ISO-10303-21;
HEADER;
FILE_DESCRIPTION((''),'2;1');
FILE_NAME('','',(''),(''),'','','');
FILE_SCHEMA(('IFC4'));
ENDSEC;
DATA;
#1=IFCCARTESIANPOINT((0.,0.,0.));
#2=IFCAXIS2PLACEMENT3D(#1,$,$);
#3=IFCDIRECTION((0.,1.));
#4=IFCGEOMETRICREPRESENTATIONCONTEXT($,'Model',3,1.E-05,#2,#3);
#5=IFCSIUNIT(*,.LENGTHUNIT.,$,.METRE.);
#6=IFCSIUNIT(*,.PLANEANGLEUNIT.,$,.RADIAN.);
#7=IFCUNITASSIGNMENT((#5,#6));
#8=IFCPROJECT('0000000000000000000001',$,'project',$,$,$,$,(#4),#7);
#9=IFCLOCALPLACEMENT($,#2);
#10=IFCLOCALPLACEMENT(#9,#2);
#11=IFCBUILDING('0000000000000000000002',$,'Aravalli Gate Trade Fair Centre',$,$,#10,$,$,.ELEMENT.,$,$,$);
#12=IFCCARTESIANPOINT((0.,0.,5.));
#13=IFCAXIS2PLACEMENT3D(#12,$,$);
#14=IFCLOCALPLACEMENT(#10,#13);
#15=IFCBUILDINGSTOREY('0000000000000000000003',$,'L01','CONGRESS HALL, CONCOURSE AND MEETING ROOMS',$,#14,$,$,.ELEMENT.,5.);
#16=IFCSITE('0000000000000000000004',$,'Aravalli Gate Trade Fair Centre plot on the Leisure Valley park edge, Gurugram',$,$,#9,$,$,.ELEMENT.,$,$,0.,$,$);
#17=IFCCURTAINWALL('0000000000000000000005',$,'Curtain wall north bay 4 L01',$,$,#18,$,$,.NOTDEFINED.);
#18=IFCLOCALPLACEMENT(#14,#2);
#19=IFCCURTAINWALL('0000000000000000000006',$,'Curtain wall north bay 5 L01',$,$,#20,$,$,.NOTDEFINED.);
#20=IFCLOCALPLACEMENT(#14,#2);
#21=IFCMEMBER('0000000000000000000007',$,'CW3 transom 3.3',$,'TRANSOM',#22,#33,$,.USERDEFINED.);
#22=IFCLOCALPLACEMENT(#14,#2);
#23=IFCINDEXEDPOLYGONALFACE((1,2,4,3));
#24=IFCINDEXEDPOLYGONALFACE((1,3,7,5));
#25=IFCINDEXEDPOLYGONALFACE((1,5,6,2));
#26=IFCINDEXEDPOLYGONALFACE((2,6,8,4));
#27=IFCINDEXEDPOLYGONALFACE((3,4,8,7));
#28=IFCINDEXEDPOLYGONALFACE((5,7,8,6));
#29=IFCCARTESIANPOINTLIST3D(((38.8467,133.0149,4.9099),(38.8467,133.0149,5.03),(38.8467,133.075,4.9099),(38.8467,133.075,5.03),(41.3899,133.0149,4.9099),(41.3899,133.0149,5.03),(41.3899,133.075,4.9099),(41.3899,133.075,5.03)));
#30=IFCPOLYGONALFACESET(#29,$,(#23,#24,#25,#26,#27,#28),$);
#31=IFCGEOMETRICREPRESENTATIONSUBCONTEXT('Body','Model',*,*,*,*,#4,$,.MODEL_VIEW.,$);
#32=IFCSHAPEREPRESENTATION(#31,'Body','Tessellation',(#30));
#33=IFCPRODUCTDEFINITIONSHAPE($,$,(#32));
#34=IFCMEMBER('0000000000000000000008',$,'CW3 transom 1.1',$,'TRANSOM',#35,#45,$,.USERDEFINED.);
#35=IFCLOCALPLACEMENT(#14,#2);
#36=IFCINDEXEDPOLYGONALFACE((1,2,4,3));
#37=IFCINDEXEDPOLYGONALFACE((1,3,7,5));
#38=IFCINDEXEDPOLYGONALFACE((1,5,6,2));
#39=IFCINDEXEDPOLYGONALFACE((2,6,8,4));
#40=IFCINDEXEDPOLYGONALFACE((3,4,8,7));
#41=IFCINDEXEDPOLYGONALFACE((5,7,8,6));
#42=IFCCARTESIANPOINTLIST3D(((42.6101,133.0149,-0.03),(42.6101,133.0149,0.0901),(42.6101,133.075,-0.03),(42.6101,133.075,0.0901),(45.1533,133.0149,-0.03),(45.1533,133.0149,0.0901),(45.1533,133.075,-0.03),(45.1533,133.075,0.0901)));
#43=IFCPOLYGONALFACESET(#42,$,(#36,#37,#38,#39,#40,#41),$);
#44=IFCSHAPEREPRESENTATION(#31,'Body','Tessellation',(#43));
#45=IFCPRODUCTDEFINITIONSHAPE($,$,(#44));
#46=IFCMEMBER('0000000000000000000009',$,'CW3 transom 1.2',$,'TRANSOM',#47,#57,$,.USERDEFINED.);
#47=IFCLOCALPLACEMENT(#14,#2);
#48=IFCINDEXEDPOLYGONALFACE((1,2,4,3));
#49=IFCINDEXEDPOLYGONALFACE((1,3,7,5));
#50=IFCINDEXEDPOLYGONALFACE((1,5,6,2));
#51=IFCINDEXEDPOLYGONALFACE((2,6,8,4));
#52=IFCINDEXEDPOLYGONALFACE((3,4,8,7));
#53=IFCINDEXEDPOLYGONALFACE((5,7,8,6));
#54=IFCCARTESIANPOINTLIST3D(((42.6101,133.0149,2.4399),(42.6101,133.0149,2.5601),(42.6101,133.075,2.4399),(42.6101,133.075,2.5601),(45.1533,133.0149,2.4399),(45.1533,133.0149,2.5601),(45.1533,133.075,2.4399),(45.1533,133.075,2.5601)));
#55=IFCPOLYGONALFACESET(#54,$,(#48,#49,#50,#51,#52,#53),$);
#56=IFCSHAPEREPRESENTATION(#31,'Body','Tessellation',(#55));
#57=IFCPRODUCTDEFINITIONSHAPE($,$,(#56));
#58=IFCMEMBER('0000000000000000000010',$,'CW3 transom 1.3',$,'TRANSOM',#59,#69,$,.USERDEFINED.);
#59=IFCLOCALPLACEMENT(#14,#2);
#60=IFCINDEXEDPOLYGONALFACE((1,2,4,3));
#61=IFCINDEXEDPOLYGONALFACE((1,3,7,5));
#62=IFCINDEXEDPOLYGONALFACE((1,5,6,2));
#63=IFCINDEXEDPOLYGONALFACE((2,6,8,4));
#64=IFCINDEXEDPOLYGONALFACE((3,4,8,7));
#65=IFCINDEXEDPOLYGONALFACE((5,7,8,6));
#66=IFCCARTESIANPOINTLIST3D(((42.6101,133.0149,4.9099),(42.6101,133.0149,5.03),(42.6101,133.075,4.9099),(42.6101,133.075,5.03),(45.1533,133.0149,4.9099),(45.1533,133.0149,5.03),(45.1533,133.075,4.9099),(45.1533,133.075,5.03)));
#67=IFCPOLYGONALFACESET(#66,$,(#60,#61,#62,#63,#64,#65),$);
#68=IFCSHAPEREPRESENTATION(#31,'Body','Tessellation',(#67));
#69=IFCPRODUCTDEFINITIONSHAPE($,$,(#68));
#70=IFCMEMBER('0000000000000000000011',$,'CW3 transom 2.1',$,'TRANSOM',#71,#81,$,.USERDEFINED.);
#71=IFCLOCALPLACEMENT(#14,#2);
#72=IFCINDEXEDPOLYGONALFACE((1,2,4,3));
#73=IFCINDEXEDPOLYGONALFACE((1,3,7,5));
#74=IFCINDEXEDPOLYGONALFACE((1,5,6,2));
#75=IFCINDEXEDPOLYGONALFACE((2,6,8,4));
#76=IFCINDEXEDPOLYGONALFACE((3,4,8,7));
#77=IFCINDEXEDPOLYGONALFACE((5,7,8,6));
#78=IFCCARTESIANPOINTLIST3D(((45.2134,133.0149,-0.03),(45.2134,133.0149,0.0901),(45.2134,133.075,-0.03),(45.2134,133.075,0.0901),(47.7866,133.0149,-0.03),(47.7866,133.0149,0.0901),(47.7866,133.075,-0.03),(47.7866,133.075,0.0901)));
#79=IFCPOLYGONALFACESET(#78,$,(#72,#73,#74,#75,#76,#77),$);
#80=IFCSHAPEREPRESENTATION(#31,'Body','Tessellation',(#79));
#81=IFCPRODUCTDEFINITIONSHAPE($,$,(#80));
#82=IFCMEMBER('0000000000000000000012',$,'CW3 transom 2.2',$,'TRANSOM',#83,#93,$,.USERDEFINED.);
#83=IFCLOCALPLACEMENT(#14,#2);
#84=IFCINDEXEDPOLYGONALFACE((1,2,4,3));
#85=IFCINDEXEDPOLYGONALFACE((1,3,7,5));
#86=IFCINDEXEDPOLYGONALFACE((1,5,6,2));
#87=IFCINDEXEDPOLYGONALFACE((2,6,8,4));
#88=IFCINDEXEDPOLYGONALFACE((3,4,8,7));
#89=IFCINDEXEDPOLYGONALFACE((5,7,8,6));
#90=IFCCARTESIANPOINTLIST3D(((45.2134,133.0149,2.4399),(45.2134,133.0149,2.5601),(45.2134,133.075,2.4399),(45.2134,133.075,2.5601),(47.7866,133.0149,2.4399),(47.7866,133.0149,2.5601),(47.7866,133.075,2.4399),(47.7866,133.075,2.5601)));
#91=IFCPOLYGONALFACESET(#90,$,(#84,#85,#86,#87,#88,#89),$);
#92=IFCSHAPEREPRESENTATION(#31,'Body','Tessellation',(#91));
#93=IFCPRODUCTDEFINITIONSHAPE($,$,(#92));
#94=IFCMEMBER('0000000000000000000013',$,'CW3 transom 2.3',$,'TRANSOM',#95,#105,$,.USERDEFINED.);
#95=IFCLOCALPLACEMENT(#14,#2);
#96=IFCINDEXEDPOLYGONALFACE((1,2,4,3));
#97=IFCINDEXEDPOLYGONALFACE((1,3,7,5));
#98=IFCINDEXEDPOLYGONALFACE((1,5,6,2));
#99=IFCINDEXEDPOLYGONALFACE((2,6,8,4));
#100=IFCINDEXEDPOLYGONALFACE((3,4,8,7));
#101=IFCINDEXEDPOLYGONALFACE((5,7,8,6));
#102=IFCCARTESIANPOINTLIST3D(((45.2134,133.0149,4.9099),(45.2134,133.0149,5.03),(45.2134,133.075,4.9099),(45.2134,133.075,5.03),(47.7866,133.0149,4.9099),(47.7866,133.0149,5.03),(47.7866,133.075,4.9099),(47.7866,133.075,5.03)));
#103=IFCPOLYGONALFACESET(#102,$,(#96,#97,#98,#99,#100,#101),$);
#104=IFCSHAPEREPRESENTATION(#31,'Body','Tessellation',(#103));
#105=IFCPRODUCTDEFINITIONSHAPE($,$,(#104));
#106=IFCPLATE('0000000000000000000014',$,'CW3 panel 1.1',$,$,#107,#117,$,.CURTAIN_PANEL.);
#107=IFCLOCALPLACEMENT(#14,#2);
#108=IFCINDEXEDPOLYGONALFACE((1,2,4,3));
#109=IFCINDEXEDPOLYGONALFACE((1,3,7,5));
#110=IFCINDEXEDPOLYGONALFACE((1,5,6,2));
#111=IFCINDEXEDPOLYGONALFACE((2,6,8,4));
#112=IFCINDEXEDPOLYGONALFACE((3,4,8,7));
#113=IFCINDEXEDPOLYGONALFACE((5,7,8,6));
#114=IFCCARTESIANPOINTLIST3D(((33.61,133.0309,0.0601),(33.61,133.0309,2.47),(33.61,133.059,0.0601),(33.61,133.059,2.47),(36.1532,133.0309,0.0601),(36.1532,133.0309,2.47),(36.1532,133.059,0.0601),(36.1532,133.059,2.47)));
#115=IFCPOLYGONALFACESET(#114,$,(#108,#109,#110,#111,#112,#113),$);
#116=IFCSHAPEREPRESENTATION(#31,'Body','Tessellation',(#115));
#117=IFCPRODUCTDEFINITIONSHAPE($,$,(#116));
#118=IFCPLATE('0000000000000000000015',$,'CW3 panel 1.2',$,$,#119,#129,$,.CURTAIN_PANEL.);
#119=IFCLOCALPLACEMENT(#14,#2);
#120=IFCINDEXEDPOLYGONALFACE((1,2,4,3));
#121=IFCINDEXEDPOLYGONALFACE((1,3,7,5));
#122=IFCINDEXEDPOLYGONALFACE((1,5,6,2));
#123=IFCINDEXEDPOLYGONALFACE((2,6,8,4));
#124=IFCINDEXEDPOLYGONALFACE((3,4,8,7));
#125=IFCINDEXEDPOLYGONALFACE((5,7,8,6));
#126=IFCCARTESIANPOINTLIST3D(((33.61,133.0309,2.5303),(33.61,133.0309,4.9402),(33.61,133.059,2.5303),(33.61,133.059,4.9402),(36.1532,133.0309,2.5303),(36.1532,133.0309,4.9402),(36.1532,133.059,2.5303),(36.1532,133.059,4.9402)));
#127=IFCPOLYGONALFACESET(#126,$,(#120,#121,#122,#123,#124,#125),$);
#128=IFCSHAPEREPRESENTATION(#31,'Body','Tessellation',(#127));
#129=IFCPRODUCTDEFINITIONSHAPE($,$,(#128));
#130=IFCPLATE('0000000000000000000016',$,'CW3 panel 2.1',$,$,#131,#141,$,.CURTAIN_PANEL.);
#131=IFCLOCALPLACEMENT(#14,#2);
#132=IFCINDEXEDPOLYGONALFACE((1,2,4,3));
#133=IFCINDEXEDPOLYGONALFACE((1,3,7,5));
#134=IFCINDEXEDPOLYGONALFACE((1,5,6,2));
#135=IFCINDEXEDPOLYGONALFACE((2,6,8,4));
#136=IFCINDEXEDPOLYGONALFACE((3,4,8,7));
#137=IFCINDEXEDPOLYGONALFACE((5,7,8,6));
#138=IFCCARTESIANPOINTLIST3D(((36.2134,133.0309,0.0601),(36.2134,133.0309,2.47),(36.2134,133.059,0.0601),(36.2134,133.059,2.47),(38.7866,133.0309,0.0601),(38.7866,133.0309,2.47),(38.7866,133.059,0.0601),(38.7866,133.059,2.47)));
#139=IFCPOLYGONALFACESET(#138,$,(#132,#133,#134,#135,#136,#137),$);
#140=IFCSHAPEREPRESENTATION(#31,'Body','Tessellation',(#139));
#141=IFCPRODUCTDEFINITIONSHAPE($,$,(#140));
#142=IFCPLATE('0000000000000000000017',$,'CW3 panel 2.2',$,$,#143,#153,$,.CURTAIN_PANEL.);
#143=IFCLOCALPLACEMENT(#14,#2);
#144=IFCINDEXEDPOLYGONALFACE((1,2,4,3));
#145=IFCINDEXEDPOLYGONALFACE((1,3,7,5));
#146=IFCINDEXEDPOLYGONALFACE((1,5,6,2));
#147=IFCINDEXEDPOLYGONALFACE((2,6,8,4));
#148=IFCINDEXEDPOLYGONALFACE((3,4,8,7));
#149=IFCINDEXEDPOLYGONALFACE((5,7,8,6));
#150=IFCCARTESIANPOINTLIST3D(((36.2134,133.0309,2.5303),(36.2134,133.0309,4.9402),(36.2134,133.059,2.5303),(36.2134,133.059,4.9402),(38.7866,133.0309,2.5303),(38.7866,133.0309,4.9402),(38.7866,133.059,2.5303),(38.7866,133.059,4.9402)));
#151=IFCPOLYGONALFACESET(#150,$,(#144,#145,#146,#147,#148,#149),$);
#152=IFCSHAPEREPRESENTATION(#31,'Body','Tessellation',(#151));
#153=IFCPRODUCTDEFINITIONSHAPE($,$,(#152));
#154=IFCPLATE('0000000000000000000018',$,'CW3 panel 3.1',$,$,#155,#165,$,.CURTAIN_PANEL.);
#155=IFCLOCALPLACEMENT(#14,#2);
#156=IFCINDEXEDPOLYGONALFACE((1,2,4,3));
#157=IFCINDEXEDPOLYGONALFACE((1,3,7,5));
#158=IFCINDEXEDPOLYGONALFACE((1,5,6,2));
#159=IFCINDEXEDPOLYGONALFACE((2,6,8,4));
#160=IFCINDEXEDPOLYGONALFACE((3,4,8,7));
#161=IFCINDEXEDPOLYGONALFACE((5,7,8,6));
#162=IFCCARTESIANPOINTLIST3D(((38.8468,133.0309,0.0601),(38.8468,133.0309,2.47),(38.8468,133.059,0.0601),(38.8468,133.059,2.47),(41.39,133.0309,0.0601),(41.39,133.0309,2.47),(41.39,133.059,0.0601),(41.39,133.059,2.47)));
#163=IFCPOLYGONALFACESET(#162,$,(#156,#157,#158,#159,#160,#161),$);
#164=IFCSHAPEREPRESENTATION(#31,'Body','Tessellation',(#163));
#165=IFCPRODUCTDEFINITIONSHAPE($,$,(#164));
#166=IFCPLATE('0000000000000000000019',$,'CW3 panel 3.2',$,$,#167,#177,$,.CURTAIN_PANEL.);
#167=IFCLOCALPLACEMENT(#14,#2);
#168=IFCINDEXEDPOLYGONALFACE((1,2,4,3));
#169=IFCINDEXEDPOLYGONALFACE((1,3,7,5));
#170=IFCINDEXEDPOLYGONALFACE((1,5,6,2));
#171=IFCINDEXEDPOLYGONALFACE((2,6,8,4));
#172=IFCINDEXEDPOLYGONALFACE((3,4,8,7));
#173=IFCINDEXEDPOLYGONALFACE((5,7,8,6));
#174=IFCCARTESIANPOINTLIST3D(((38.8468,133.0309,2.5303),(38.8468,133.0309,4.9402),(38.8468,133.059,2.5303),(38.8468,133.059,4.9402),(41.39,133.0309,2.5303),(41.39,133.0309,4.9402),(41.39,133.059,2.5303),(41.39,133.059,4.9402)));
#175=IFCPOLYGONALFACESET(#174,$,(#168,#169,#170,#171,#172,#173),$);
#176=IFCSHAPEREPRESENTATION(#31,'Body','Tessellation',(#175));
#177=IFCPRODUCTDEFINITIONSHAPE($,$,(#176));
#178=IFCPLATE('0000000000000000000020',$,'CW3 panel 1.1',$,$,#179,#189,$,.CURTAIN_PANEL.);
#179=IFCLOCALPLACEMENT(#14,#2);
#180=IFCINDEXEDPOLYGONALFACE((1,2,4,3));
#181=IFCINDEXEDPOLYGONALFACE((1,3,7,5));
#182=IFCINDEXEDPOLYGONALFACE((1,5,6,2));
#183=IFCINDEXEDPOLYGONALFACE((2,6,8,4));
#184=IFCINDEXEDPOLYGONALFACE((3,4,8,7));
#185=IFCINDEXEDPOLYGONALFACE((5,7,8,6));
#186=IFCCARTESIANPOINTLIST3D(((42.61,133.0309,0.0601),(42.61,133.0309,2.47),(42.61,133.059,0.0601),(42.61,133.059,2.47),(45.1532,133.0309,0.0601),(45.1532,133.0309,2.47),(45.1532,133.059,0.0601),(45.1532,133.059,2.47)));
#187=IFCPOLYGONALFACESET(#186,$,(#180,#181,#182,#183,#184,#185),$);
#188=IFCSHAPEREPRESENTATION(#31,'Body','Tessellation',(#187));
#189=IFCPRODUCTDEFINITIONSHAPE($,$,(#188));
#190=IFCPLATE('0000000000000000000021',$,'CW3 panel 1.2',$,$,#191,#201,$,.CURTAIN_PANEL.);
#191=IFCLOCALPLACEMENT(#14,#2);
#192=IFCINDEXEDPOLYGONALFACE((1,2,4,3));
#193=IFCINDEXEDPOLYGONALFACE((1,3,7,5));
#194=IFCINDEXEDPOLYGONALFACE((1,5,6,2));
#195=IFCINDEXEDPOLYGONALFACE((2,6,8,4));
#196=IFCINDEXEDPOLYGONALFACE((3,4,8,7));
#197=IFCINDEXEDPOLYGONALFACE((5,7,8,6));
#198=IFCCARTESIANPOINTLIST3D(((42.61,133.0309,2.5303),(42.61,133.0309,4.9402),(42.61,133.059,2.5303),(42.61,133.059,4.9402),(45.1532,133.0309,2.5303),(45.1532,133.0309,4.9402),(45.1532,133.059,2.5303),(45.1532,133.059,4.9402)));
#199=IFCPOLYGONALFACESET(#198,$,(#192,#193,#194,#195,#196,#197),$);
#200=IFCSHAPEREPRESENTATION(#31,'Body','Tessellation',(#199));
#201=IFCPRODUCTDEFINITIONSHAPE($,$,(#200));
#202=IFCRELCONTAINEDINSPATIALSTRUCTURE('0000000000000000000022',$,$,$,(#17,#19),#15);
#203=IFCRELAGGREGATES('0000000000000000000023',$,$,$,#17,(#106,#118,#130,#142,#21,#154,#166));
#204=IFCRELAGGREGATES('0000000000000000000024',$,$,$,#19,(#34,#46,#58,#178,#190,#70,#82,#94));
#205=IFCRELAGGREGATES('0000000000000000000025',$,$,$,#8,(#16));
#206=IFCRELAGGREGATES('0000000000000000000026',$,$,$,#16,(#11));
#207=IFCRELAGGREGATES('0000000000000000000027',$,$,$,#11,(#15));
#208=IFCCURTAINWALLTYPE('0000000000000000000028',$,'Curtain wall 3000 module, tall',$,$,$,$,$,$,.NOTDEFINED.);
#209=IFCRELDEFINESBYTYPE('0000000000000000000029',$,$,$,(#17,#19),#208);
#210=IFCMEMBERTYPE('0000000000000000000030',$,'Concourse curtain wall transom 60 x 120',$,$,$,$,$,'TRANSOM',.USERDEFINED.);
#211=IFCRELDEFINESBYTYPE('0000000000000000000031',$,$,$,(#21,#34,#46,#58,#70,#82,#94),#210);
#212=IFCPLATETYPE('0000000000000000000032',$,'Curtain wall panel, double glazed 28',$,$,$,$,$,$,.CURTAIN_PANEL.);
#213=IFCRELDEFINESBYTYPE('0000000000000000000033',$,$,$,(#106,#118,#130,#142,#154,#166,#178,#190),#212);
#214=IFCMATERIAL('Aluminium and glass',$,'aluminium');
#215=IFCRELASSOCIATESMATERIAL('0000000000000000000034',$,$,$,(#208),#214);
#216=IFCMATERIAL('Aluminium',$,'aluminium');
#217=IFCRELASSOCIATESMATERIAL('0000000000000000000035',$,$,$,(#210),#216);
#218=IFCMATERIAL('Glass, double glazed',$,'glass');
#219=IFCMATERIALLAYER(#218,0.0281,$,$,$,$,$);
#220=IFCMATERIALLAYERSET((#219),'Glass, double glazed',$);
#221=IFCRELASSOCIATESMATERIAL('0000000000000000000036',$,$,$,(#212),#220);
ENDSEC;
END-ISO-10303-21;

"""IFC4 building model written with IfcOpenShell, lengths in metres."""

from ifc_helpers import new_model, si_unit, direction, frame, origin, origin_2d, place, context, subcontext, project, spatial, rectangle, extrude, material, layer, layer_set, material_profile, profile_set, type_object, element, aggregate, save


model = new_model("IFC4")

# Units and contexts
model_context = context("Model", 3, precision=1e-05, world=origin(), true_north=direction((0.0, 1.0)))
body_context = subcontext(model_context, "Body", "Model", "MODEL_VIEW")
ifc_project = project(units=[si_unit("LENGTHUNIT", "METRE"), si_unit("PLANEANGLEUNIT", "RADIAN")], contexts=[model_context])

# Site, building, storey
site_placement = place(None, origin())
site = spatial("IfcSite", under=ifc_project, at=site_placement, Name="Aravalli Gate Trade Fair Centre plot on the Leisure Valley park edge, Gurugram", CompositionType="ELEMENT", RefElevation=0.0)
building_placement = place(site_placement, origin())
building = spatial("IfcBuilding", under=site, at=building_placement, Name="Aravalli Gate Trade Fair Centre", CompositionType="ELEMENT")
storey_placement = place(building_placement, frame((0.0, 0.0, 5.0)))
storey = spatial("IfcBuildingStorey", under=building, at=storey_placement, Name="L01", Description="CONGRESS HALL, CONCOURSE AND MEETING ROOMS", CompositionType="ELEMENT", Elevation=5.0)

# Curtain walls
ifc_material_1 = material(Name="Aluminium and glass", Category="aluminium")
curtain_wall_type = type_object("IfcCurtainWallType", Name="Curtain wall 3000 module, tall", PredefinedType="NOTDEFINED", material=ifc_material_1)
curtain_wall_1_placement = place(storey_placement, origin())
curtain_wall_1 = element("IfcCurtainWall", 1, at=curtain_wall_1_placement, inside=storey, type_object=curtain_wall_type, Name="Curtain wall north bay 4 L01", PredefinedType="NOTDEFINED")
ifc_material_2 = material(Name="Aluminium", Category="aluminium")
curtain_wall_2_placement = place(storey_placement, origin())
curtain_wall_2 = element("IfcCurtainWall", 2, at=curtain_wall_2_placement, inside=storey, type_object=curtain_wall_type, Name="Curtain wall north bay 5 L01", PredefinedType="NOTDEFINED")

# Members
ifc_material_profile_1 = material_profile(ifc_material_2, rectangle(XDim=0.0601, YDim=0.1201, at=origin_2d()), Name="Concourse curtain wall transom 60 x 120")
ifc_profile_set_1 = profile_set([ifc_material_profile_1], Name="Aluminium")
member_type_1 = type_object("IfcMemberType", Name="Concourse curtain wall transom 60 x 120", ElementType="TRANSOM", PredefinedType="USERDEFINED", material=ifc_profile_set_1)
member_1_placement = place(storey_placement, frame((38.8467, 133.0449, 4.97), z_axis=(1.0, 0.0, 0.0), x_axis=(0.0, 1.0, 0.0)))
member_1 = element("IfcMember", 3, at=member_1_placement, type_object=member_type_1, Name="CW3 transom 3.3", ObjectType="TRANSOM", PredefinedType="USERDEFINED", context=body_context, shape_type="SweptSolid", body=[
    extrude(rectangle(XDim=0.0601, YDim=0.1201, at=origin_2d()), origin(), (0.0, 0.0, 1.0), 2.5432),
])
member_2_placement = place(storey_placement, frame((42.6101, 133.0449, 0.03), z_axis=(1.0, 0.0, 0.0), x_axis=(0.0, 1.0, 0.0)))
member_2 = element("IfcMember", 4, at=member_2_placement, type_object=member_type_1, Name="CW3 transom 1.1", ObjectType="TRANSOM", PredefinedType="USERDEFINED", context=body_context, shape_type="SweptSolid", body=[
    extrude(rectangle(XDim=0.0601, YDim=0.1201, at=origin_2d()), origin(), (0.0, 0.0, 1.0), 2.5432),
])
member_3_placement = place(storey_placement, frame((42.6101, 133.0449, 2.5), z_axis=(1.0, 0.0, 0.0), x_axis=(0.0, 1.0, 0.0)))
member_3 = element("IfcMember", 5, at=member_3_placement, type_object=member_type_1, Name="CW3 transom 1.2", ObjectType="TRANSOM", PredefinedType="USERDEFINED", context=body_context, shape_type="SweptSolid", body=[
    extrude(rectangle(XDim=0.0601, YDim=0.1201, at=origin_2d()), origin(), (0.0, 0.0, 1.0), 2.5432),
])
member_4_placement = place(storey_placement, frame((42.6101, 133.0449, 4.97), z_axis=(1.0, 0.0, 0.0), x_axis=(0.0, 1.0, 0.0)))
member_4 = element("IfcMember", 6, at=member_4_placement, type_object=member_type_1, Name="CW3 transom 1.3", ObjectType="TRANSOM", PredefinedType="USERDEFINED", context=body_context, shape_type="SweptSolid", body=[
    extrude(rectangle(XDim=0.0601, YDim=0.1201, at=origin_2d()), origin(), (0.0, 0.0, 1.0), 2.5432),
])
member_5_placement = place(storey_placement, frame((45.2134, 133.0449, 0.03), z_axis=(1.0, 0.0, 0.0), x_axis=(0.0, 1.0, 0.0)))
member_5 = element("IfcMember", 7, at=member_5_placement, type_object=member_type_1, Name="CW3 transom 2.1", ObjectType="TRANSOM", PredefinedType="USERDEFINED", context=body_context, shape_type="SweptSolid", body=[
    extrude(rectangle(XDim=0.0601, YDim=0.1201, at=origin_2d()), origin(), (0.0, 0.0, 1.0), 2.5732),
])
member_6_placement = place(storey_placement, frame((45.2134, 133.0449, 2.5), z_axis=(1.0, 0.0, 0.0), x_axis=(0.0, 1.0, 0.0)))
member_6 = element("IfcMember", 8, at=member_6_placement, type_object=member_type_1, Name="CW3 transom 2.2", ObjectType="TRANSOM", PredefinedType="USERDEFINED", context=body_context, shape_type="SweptSolid", body=[
    extrude(rectangle(XDim=0.0601, YDim=0.1201, at=origin_2d()), origin(), (0.0, 0.0, 1.0), 2.5732),
])
member_7_placement = place(storey_placement, frame((45.2134, 133.0449, 4.97), z_axis=(1.0, 0.0, 0.0), x_axis=(0.0, 1.0, 0.0)))
member_7 = element("IfcMember", 9, at=member_7_placement, type_object=member_type_1, Name="CW3 transom 2.3", ObjectType="TRANSOM", PredefinedType="USERDEFINED", context=body_context, shape_type="SweptSolid", body=[
    extrude(rectangle(XDim=0.0601, YDim=0.1201, at=origin_2d()), origin(), (0.0, 0.0, 1.0), 2.5732),
])

# Plates
ifc_material_3 = material(Name="Glass, double glazed", Category="glass")
ifc_layer_1 = layer(ifc_material_3, 0.0281)
ifc_layer_set_1 = layer_set([ifc_layer_1], Name="Glass, double glazed")
plate_type = type_object("IfcPlateType", Name="Curtain wall panel, double glazed 28", PredefinedType="CURTAIN_PANEL", material=ifc_layer_set_1)
plate_1_placement = place(storey_placement, frame((34.8816, 133.0449, 0.0601), z_axis=(0.0, 0.0, 1.0), x_axis=(1.0, 0.0, 0.0)))
plate_1 = element("IfcPlate", 10, at=plate_1_placement, type_object=plate_type, Name="CW3 panel 1.1", PredefinedType="CURTAIN_PANEL", context=body_context, shape_type="SweptSolid", body=[
    extrude(rectangle(XDim=2.5432, YDim=0.0281, at=origin_2d()), origin(), (0.0, 0.0, 1.0), 2.4099),
])
plate_2_placement = place(storey_placement, frame((34.8816, 133.0449, 2.5303), z_axis=(0.0, 0.0, 1.0), x_axis=(1.0, 0.0, 0.0)))
plate_2 = element("IfcPlate", 11, at=plate_2_placement, type_object=plate_type, Name="CW3 panel 1.2", PredefinedType="CURTAIN_PANEL", context=body_context, shape_type="SweptSolid", body=[
    extrude(rectangle(XDim=2.5432, YDim=0.0281, at=origin_2d()), origin(), (0.0, 0.0, 1.0), 2.4099),
])
plate_3_placement = place(storey_placement, frame((37.5, 133.0449, 0.0601), z_axis=(0.0, 0.0, 1.0), x_axis=(1.0, 0.0, 0.0)))
plate_3 = element("IfcPlate", 12, at=plate_3_placement, type_object=plate_type, Name="CW3 panel 2.1", PredefinedType="CURTAIN_PANEL", context=body_context, shape_type="SweptSolid", body=[
    extrude(rectangle(XDim=2.5732, YDim=0.0281, at=origin_2d()), origin(), (0.0, 0.0, 1.0), 2.4099),
])
plate_4_placement = place(storey_placement, frame((37.5, 133.0449, 2.5303), z_axis=(0.0, 0.0, 1.0), x_axis=(1.0, 0.0, 0.0)))
plate_4 = element("IfcPlate", 13, at=plate_4_placement, type_object=plate_type, Name="CW3 panel 2.2", PredefinedType="CURTAIN_PANEL", context=body_context, shape_type="SweptSolid", body=[
    extrude(rectangle(XDim=2.5732, YDim=0.0281, at=origin_2d()), origin(), (0.0, 0.0, 1.0), 2.4099),
])
plate_5_placement = place(storey_placement, frame((40.1184, 133.0449, 0.0601), z_axis=(0.0, 0.0, 1.0), x_axis=(1.0, 0.0, 0.0)))
plate_5 = element("IfcPlate", 14, at=plate_5_placement, type_object=plate_type, Name="CW3 panel 3.1", PredefinedType="CURTAIN_PANEL", context=body_context, shape_type="SweptSolid", body=[
    extrude(rectangle(XDim=2.5432, YDim=0.0281, at=origin_2d()), origin(), (0.0, 0.0, 1.0), 2.4099),
])
plate_6_placement = place(storey_placement, frame((40.1184, 133.0449, 2.5303), z_axis=(0.0, 0.0, 1.0), x_axis=(1.0, 0.0, 0.0)))
plate_6 = element("IfcPlate", 15, at=plate_6_placement, type_object=plate_type, Name="CW3 panel 3.2", PredefinedType="CURTAIN_PANEL", context=body_context, shape_type="SweptSolid", body=[
    extrude(rectangle(XDim=2.5432, YDim=0.0281, at=origin_2d()), origin(), (0.0, 0.0, 1.0), 2.4099),
])
aggregate(curtain_wall_1, [plate_1, plate_2, plate_3, plate_4, member_1, plate_5, plate_6])
plate_7_placement = place(storey_placement, frame((43.8816, 133.0449, 0.0601), z_axis=(0.0, 0.0, 1.0), x_axis=(1.0, 0.0, 0.0)))
plate_7 = element("IfcPlate", 16, at=plate_7_placement, type_object=plate_type, Name="CW3 panel 1.1", PredefinedType="CURTAIN_PANEL", context=body_context, shape_type="SweptSolid", body=[
    extrude(rectangle(XDim=2.5432, YDim=0.0281, at=origin_2d()), origin(), (0.0, 0.0, 1.0), 2.4099),
])
plate_8_placement = place(storey_placement, frame((43.8816, 133.0449, 2.5303), z_axis=(0.0, 0.0, 1.0), x_axis=(1.0, 0.0, 0.0)))
plate_8 = element("IfcPlate", 17, at=plate_8_placement, type_object=plate_type, Name="CW3 panel 1.2", PredefinedType="CURTAIN_PANEL", context=body_context, shape_type="SweptSolid", body=[
    extrude(rectangle(XDim=2.5432, YDim=0.0281, at=origin_2d()), origin(), (0.0, 0.0, 1.0), 2.4099),
])
aggregate(curtain_wall_2, [member_2, member_3, member_4, plate_7, plate_8, member_5, member_6, member_7])

save(model, "model.ifc")
